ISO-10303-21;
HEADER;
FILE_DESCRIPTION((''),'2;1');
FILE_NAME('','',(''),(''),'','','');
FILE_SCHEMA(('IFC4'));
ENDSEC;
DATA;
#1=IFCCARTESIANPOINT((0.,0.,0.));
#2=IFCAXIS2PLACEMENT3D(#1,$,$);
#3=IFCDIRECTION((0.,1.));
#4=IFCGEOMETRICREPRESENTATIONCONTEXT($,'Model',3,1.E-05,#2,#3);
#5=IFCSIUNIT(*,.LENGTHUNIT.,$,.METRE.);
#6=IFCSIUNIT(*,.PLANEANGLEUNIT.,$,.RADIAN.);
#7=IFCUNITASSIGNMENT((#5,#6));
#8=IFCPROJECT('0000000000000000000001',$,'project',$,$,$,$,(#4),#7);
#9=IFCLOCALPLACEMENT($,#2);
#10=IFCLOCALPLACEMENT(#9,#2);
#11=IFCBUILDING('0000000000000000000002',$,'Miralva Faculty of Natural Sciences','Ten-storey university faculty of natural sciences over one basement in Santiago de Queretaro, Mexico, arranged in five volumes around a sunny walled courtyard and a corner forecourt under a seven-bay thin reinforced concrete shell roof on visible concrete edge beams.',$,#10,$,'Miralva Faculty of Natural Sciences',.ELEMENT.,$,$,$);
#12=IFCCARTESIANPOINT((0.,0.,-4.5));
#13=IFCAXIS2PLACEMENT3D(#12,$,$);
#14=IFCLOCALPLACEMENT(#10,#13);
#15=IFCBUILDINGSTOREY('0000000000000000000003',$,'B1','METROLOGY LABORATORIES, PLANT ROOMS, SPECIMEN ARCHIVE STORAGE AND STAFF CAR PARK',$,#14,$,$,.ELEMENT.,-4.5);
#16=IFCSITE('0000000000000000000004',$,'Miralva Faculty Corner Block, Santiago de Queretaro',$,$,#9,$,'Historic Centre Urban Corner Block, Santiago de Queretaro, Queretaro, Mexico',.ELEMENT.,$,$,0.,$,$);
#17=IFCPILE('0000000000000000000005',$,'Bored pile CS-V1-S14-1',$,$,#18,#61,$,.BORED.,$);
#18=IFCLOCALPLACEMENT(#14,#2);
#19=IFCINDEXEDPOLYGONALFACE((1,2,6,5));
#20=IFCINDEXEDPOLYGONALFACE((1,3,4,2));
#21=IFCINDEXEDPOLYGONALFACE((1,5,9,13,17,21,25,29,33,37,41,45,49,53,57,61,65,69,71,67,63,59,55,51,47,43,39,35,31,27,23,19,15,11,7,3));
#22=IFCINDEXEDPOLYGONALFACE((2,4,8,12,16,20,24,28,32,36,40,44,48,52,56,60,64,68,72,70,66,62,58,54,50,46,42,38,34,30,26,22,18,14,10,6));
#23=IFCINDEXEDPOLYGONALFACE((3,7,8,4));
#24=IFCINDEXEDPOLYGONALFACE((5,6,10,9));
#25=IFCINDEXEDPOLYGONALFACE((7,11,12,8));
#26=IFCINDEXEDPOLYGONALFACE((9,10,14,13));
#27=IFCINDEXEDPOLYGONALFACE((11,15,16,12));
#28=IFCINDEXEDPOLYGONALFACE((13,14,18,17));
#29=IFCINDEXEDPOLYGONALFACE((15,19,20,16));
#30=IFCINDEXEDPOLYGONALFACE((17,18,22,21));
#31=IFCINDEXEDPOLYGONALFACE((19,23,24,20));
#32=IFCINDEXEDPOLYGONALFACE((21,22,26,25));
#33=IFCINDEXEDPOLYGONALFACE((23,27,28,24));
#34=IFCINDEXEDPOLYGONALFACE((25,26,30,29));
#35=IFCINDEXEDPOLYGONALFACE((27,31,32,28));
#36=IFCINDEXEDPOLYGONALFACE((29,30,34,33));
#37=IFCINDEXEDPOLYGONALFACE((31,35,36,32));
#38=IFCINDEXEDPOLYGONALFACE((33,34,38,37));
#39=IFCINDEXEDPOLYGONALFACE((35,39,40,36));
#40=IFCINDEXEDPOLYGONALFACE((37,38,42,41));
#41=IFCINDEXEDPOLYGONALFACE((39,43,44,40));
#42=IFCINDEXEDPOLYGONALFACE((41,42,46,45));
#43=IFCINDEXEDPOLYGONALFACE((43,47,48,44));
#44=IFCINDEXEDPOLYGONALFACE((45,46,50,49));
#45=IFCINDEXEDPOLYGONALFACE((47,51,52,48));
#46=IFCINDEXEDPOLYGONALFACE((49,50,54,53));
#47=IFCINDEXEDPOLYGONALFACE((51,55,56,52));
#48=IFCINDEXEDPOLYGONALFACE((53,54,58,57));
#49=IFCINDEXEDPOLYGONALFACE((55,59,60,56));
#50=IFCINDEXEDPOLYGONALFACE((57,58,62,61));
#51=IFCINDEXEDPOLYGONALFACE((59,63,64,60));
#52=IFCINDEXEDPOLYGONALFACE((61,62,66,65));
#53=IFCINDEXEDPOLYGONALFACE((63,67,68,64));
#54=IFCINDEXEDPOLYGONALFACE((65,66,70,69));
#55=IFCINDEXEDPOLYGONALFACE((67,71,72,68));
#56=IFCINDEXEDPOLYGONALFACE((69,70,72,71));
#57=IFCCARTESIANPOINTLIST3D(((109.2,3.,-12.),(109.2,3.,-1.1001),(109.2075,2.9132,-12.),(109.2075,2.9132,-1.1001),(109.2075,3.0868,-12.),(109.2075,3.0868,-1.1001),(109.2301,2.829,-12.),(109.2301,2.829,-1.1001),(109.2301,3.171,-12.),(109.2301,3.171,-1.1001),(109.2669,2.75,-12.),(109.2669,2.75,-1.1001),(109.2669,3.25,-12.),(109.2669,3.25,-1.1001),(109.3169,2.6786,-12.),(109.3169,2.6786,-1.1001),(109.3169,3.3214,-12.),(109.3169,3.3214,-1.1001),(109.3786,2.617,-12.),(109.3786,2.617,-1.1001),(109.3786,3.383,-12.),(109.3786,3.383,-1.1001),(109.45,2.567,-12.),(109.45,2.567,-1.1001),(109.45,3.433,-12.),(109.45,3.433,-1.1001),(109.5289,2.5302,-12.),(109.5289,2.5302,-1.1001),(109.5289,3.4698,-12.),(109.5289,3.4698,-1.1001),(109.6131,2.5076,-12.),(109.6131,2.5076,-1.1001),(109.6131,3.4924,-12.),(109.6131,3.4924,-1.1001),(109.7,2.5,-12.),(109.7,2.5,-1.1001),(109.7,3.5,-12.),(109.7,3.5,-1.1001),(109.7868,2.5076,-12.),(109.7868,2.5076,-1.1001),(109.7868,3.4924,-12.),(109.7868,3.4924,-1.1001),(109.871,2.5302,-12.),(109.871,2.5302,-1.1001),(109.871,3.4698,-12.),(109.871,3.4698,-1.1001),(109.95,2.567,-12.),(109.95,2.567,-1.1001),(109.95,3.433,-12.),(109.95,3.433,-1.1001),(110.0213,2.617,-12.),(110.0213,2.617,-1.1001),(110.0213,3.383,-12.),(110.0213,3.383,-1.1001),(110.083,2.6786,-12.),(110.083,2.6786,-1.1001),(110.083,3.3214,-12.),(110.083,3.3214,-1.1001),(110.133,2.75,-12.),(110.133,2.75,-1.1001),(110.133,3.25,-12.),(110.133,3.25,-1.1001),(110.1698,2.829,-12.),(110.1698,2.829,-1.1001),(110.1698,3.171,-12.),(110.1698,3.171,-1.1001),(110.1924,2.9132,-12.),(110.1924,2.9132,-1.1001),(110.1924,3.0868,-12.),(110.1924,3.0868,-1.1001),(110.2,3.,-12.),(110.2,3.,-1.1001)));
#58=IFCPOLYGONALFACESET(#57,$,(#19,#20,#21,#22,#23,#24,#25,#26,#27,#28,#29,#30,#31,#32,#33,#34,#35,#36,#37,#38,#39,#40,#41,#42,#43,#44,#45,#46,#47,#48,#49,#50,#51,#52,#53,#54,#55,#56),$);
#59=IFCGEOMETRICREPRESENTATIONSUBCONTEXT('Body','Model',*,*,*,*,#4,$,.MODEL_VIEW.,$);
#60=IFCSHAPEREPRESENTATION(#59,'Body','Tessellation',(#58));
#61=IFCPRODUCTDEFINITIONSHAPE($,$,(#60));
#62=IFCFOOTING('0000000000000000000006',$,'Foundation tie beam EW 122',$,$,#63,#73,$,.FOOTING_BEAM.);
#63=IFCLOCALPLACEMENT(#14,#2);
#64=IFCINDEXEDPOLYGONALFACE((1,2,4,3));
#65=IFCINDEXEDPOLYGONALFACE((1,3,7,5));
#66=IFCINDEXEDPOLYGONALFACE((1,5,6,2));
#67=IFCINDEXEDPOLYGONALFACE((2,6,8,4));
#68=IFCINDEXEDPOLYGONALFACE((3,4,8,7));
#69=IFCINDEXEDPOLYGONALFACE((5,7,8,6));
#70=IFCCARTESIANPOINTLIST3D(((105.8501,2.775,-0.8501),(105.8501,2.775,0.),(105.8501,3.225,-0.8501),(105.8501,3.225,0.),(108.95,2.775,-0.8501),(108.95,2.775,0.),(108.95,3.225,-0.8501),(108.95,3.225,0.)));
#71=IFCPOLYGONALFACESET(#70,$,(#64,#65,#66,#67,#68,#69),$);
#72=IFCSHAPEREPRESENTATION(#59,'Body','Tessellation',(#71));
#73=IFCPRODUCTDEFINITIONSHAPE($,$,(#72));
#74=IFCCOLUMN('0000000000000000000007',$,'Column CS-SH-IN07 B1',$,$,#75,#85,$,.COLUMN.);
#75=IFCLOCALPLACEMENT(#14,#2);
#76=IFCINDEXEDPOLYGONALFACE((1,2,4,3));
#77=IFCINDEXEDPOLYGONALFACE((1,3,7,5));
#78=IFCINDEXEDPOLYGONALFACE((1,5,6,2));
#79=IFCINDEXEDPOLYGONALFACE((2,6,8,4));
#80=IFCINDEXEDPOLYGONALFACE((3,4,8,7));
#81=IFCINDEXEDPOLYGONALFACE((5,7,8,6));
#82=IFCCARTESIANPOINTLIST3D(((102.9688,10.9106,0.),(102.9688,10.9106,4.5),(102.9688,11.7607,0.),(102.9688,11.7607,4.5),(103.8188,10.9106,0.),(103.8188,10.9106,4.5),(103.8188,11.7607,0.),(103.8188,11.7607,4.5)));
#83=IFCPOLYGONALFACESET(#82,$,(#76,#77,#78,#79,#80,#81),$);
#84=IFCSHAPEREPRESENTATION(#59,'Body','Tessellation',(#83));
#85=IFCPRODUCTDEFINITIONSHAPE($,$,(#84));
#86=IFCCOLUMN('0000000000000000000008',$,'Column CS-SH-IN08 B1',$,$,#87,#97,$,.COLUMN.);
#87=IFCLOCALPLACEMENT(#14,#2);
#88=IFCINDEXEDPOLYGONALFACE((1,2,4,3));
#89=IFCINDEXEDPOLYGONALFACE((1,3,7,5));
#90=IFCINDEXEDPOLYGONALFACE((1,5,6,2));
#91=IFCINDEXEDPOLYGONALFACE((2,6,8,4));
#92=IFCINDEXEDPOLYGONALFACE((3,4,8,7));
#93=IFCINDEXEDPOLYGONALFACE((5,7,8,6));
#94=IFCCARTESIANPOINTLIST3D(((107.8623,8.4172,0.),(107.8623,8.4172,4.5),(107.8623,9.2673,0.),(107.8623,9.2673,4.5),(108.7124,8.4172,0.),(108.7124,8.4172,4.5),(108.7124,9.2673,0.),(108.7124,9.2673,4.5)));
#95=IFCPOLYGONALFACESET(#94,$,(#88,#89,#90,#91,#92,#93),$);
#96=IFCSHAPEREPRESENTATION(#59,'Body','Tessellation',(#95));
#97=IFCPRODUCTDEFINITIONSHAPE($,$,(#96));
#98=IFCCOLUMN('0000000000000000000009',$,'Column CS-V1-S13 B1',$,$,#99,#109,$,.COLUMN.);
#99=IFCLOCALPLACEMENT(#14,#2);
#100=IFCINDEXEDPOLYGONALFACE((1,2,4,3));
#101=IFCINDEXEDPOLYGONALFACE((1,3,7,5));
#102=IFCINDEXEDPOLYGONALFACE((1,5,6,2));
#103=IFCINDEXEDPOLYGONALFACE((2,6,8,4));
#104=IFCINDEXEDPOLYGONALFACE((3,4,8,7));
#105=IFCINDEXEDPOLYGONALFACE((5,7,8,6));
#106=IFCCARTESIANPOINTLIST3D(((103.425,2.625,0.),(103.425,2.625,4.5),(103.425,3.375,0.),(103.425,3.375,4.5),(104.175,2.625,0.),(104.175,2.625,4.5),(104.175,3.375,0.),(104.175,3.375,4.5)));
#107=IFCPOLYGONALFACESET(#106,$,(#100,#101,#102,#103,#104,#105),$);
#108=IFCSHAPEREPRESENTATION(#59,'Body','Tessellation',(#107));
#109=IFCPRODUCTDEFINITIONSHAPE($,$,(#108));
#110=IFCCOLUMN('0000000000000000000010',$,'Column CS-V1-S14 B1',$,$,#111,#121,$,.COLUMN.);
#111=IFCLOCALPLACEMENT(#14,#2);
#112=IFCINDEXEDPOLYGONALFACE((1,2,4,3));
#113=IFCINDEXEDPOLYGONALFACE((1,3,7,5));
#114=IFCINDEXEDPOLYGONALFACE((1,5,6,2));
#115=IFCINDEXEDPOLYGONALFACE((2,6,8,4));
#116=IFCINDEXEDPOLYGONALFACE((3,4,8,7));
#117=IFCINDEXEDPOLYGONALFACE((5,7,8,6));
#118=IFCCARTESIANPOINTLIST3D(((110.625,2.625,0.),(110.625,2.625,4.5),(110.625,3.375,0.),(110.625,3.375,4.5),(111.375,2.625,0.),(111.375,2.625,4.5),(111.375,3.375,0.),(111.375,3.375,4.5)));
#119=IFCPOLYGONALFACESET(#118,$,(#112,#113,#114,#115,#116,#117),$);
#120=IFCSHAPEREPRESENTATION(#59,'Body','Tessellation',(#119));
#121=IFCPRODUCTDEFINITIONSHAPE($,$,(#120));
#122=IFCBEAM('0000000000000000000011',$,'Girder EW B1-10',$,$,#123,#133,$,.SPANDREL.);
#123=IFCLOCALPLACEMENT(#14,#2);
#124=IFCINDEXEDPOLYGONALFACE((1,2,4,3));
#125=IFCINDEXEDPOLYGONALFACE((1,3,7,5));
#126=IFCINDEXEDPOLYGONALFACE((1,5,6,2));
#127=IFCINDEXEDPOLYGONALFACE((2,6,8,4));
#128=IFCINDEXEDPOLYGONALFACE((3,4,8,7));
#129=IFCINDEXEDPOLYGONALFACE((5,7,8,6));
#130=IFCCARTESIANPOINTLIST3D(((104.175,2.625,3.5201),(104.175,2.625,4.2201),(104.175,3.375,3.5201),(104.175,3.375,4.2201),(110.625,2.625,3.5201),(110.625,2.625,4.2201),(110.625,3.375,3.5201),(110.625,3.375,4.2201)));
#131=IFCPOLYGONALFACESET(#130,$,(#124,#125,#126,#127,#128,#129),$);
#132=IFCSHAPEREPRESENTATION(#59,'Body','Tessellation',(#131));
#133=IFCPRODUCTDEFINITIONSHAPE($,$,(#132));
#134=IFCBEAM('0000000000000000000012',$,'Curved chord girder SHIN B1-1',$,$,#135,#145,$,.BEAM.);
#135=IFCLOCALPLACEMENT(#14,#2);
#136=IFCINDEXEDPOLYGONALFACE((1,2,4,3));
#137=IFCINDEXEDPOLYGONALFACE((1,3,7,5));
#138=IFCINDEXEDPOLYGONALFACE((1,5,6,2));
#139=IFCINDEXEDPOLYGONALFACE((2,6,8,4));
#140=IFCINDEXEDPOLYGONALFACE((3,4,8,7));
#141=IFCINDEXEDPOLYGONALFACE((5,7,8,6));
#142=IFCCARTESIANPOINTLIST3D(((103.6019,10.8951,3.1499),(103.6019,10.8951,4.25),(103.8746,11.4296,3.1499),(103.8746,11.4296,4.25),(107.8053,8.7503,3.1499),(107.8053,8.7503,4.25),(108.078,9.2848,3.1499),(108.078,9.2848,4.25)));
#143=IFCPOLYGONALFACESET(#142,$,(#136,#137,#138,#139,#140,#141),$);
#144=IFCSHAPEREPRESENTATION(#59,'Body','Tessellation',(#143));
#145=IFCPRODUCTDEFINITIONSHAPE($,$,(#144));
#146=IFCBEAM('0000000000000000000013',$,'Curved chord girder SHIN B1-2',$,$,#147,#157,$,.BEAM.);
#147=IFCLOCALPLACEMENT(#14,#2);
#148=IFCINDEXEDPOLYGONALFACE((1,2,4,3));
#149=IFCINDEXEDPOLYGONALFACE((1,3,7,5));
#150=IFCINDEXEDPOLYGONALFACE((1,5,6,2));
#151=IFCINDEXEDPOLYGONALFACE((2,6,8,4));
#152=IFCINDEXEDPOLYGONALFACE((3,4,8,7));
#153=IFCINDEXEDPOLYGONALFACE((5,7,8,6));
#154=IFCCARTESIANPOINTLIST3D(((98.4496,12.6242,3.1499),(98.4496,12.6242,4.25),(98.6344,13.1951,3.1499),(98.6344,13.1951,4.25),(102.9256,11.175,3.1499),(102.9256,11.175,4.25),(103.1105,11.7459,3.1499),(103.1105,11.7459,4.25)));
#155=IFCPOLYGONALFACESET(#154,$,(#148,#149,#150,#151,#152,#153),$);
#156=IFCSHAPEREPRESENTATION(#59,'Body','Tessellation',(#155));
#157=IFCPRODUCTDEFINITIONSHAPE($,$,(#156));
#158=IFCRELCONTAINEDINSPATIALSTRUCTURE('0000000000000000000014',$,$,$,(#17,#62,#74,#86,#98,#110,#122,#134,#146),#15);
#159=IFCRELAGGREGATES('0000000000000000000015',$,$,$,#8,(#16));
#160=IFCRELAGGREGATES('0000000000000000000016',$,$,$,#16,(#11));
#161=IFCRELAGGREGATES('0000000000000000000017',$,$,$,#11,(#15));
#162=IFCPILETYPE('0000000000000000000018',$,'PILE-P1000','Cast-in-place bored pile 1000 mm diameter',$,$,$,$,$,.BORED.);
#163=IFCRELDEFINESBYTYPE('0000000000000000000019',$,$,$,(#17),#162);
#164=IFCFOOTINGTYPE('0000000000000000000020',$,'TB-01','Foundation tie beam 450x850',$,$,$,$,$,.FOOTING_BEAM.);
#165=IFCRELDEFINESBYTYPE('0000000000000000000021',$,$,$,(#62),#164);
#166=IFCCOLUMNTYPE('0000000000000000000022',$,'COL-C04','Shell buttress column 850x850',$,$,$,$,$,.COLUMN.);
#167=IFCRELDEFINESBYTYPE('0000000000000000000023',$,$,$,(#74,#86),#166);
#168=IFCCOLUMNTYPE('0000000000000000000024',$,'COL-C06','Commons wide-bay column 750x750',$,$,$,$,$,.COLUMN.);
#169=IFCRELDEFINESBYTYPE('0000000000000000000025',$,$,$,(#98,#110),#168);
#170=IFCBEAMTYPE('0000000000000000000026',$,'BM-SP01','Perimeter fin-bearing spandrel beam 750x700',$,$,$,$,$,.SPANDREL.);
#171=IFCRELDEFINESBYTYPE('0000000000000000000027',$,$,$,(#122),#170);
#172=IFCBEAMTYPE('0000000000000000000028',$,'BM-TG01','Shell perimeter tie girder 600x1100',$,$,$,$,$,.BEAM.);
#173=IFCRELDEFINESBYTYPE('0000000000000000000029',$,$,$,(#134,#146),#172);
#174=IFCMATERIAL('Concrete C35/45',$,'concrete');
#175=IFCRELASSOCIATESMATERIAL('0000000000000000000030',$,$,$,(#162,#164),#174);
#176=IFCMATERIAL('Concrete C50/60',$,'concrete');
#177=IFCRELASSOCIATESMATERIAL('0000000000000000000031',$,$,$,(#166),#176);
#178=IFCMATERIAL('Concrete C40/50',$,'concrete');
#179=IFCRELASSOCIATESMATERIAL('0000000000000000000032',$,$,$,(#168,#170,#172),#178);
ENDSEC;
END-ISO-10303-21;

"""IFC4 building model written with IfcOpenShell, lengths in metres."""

from ifc_helpers import new_model, si_unit, direction, frame, origin, origin_2d, place, context, subcontext, project, spatial, rectangle, circle, extrude, material, material_profile, profile_set, type_object, element, save


model = new_model("IFC4")

# Units and contexts
model_context = context("Model", 3, precision=1e-05, world=origin(), true_north=direction((0.0, 1.0)))
body_context = subcontext(model_context, "Body", "Model", "MODEL_VIEW")
ifc_project = project(units=[si_unit("LENGTHUNIT", "METRE"), si_unit("PLANEANGLEUNIT", "RADIAN")], contexts=[model_context])

# Site, building, storey
site_placement = place(None, origin())
site = spatial("IfcSite", under=ifc_project, at=site_placement, Name="Miralva Faculty Corner Block, Santiago de Queretaro", LongName="Historic Centre Urban Corner Block, Santiago de Queretaro, Queretaro, Mexico", CompositionType="ELEMENT", RefElevation=0.0)
building_placement = place(site_placement, origin())
building = spatial("IfcBuilding", under=site, at=building_placement, Name="Miralva Faculty of Natural Sciences", Description="Ten-storey university faculty of natural sciences over one basement in Santiago de Queretaro, Mexico, arranged in five volumes around a sunny walled courtyard and a corner forecourt under a seven-bay thin reinforced concrete shell roof on visible concrete edge beams.", LongName="Miralva Faculty of Natural Sciences", CompositionType="ELEMENT")
storey_placement = place(building_placement, frame((0.0, 0.0, -4.5)))
storey = spatial("IfcBuildingStorey", under=building, at=storey_placement, Name="B1", Description="METROLOGY LABORATORIES, PLANT ROOMS, SPECIMEN ARCHIVE STORAGE AND STAFF CAR PARK", CompositionType="ELEMENT", Elevation=-4.5)

# Shared definitions
ifc_material_1 = material(Name="Concrete C35/45", Category="concrete")
ifc_material_2 = material(Name="Concrete C40/50", Category="concrete")

# Pile
ifc_material_profile_1 = material_profile(ifc_material_1, circle(Radius=0.5, at=origin_2d()), Name="BORED PILE 1000")
ifc_profile_set_1 = profile_set([ifc_material_profile_1], Name="Concrete C35/45")
pile_type = type_object("IfcPileType", Name="PILE-P1000", Description="Cast-in-place bored pile 1000 mm diameter", PredefinedType="BORED", material=ifc_profile_set_1)
for number, where, z_axis, x_axis, name in (
    (1, (109.7, 3.0, -1.1001), (0.0, 0.0, -1.0), (1.0, 0.0, 0.0), "Bored pile CS-V1-S14-1"),
):
    element("IfcPile", number, at=place(storey_placement, frame(where, z_axis=z_axis, x_axis=x_axis)), inside=storey, type_object=pile_type, Name=name, PredefinedType="BORED", context=body_context, shape_type="SweptSolid", body=[
        extrude(circle(Radius=0.5, at=origin_2d()), origin(), (0.0, 0.0, 1.0), 10.8999),
    ])

# Footing
ifc_material_profile_2 = material_profile(ifc_material_1, rectangle(XDim=0.45, YDim=0.8501, at=origin_2d()), Name="RC 450x850")
ifc_profile_set_2 = profile_set([ifc_material_profile_2], Name="Concrete C35/45")
footing_type_1 = type_object("IfcFootingType", Name="TB-01", Description="Foundation tie beam 450x850", PredefinedType="FOOTING_BEAM", material=ifc_profile_set_2)
footing_placement = place(storey_placement, frame((105.8501, 3.0, -0.425), z_axis=(1.0, 0.0, 0.0), x_axis=(0.0, 1.0, 0.0)))
element("IfcFooting", 2, at=footing_placement, inside=storey, type_object=footing_type_1, Name="Foundation tie beam EW 122", PredefinedType="FOOTING_BEAM", context=body_context, shape_type="SweptSolid", body=[
    extrude(rectangle(XDim=0.45, YDim=0.8501, at=origin_2d()), origin(), (0.0, 0.0, 1.0), 3.0999),
])

# Columns
ifc_material_3 = material(Name="Concrete C50/60", Category="concrete")
ifc_material_profile_3 = material_profile(ifc_material_3, rectangle(XDim=0.8501, YDim=0.8501, at=origin_2d()), Name="RC 850x850")
ifc_profile_set_3 = profile_set([ifc_material_profile_3], Name="Concrete C50/60")
column_type_1 = type_object("IfcColumnType", Name="COL-C04", Description="Shell buttress column 850x850", PredefinedType="COLUMN", material=ifc_profile_set_3)
for number, where, z_axis, x_axis, name in (
    (3, (103.3938, 11.3357, 0.0), (0.0, 0.0, 1.0), (1.0, 0.0, 0.0), "Column CS-SH-IN07 B1"),
    (4, (108.2874, 8.8423, 0.0), (0.0, 0.0, 1.0), (1.0, 0.0, 0.0), "Column CS-SH-IN08 B1"),
):
    element("IfcColumn", number, at=place(storey_placement, frame(where, z_axis=z_axis, x_axis=x_axis)), inside=storey, type_object=column_type_1, Name=name, PredefinedType="COLUMN", context=body_context, shape_type="SweptSolid", body=[
        extrude(rectangle(XDim=0.8501, YDim=0.8501, at=origin_2d()), origin(), (0.0, 0.0, 1.0), 4.5),
    ])
ifc_material_profile_4 = material_profile(ifc_material_2, rectangle(XDim=0.75, YDim=0.75, at=origin_2d()), Name="RC 750x750")
ifc_profile_set_4 = profile_set([ifc_material_profile_4], Name="Concrete C40/50")
column_type_2 = type_object("IfcColumnType", Name="COL-C06", Description="Commons wide-bay column 750x750", PredefinedType="COLUMN", material=ifc_profile_set_4)
for number, where, z_axis, x_axis, name in (
    (5, (103.8, 3.0, 0.0), (0.0, 0.0, 1.0), (1.0, 0.0, 0.0), "Column CS-V1-S13 B1"),
    (6, (111.0, 3.0, 0.0), (0.0, 0.0, 1.0), (1.0, 0.0, 0.0), "Column CS-V1-S14 B1"),
):
    element("IfcColumn", number, at=place(storey_placement, frame(where, z_axis=z_axis, x_axis=x_axis)), inside=storey, type_object=column_type_2, Name=name, PredefinedType="COLUMN", context=body_context, shape_type="SweptSolid", body=[
        extrude(rectangle(XDim=0.75, YDim=0.75, at=origin_2d()), origin(), (0.0, 0.0, 1.0), 4.5),
    ])

# Beams
ifc_material_profile_5 = material_profile(ifc_material_2, rectangle(XDim=0.75, YDim=0.7, at=origin_2d()), Name="RC 750x700")
ifc_profile_set_5 = profile_set([ifc_material_profile_5], Name="Concrete C40/50")
beam_type_1 = type_object("IfcBeamType", Name="BM-SP01", Description="Perimeter fin-bearing spandrel beam 750x700", PredefinedType="SPANDREL", material=ifc_profile_set_5)
beam_1_placement = place(storey_placement, frame((104.175, 3.0, 3.8701), z_axis=(1.0, 0.0, 0.0), x_axis=(0.0, 1.0, 0.0)))
element("IfcBeam", 7, at=beam_1_placement, inside=storey, type_object=beam_type_1, Name="Girder EW B1-10", PredefinedType="SPANDREL", context=body_context, shape_type="SweptSolid", body=[
    extrude(rectangle(XDim=0.75, YDim=0.7, at=origin_2d()), origin(), (0.0, 0.0, 1.0), 6.45),
])
ifc_material_profile_6 = material_profile(ifc_material_2, rectangle(XDim=0.6001, YDim=1.1001, at=origin_2d()), Name="RC 600x1100")
ifc_profile_set_6 = profile_set([ifc_material_profile_6], Name="Concrete C40/50")
beam_type_2 = type_object("IfcBeamType", Name="BM-TG01", Description="Shell perimeter tie girder 600x1100", PredefinedType="BEAM", material=ifc_profile_set_6)
beam_2_placement = place(storey_placement, frame((107.9417, 9.0176, 3.7), z_axis=(-0.890745, 0.454504, 0.0), x_axis=(-0.454504, -0.890745, 0.0)))
element("IfcBeam", 8, at=beam_2_placement, inside=storey, type_object=beam_type_2, Name="Curved chord girder SHIN B1-1", PredefinedType="BEAM", context=body_context, shape_type="SweptSolid", body=[
    extrude(rectangle(XDim=0.6001, YDim=1.1001, at=origin_2d()), origin(), (0.0, 0.0, 1.0), 4.719),
])
beam_3_placement = place(storey_placement, frame((103.0181, 11.4604, 3.7), z_axis=(-0.951377, 0.308028, 0.0), x_axis=(-0.308028, -0.951377, 0.0)))
element("IfcBeam", 9, at=beam_3_placement, inside=storey, type_object=beam_type_2, Name="Curved chord girder SHIN B1-2", PredefinedType="BEAM", context=body_context, shape_type="SweptSolid", body=[
    extrude(rectangle(XDim=0.6001, YDim=1.1001, at=origin_2d()), origin(), (0.0, 0.0, 1.0), 4.7048),
])

save(model, "model.ifc")
